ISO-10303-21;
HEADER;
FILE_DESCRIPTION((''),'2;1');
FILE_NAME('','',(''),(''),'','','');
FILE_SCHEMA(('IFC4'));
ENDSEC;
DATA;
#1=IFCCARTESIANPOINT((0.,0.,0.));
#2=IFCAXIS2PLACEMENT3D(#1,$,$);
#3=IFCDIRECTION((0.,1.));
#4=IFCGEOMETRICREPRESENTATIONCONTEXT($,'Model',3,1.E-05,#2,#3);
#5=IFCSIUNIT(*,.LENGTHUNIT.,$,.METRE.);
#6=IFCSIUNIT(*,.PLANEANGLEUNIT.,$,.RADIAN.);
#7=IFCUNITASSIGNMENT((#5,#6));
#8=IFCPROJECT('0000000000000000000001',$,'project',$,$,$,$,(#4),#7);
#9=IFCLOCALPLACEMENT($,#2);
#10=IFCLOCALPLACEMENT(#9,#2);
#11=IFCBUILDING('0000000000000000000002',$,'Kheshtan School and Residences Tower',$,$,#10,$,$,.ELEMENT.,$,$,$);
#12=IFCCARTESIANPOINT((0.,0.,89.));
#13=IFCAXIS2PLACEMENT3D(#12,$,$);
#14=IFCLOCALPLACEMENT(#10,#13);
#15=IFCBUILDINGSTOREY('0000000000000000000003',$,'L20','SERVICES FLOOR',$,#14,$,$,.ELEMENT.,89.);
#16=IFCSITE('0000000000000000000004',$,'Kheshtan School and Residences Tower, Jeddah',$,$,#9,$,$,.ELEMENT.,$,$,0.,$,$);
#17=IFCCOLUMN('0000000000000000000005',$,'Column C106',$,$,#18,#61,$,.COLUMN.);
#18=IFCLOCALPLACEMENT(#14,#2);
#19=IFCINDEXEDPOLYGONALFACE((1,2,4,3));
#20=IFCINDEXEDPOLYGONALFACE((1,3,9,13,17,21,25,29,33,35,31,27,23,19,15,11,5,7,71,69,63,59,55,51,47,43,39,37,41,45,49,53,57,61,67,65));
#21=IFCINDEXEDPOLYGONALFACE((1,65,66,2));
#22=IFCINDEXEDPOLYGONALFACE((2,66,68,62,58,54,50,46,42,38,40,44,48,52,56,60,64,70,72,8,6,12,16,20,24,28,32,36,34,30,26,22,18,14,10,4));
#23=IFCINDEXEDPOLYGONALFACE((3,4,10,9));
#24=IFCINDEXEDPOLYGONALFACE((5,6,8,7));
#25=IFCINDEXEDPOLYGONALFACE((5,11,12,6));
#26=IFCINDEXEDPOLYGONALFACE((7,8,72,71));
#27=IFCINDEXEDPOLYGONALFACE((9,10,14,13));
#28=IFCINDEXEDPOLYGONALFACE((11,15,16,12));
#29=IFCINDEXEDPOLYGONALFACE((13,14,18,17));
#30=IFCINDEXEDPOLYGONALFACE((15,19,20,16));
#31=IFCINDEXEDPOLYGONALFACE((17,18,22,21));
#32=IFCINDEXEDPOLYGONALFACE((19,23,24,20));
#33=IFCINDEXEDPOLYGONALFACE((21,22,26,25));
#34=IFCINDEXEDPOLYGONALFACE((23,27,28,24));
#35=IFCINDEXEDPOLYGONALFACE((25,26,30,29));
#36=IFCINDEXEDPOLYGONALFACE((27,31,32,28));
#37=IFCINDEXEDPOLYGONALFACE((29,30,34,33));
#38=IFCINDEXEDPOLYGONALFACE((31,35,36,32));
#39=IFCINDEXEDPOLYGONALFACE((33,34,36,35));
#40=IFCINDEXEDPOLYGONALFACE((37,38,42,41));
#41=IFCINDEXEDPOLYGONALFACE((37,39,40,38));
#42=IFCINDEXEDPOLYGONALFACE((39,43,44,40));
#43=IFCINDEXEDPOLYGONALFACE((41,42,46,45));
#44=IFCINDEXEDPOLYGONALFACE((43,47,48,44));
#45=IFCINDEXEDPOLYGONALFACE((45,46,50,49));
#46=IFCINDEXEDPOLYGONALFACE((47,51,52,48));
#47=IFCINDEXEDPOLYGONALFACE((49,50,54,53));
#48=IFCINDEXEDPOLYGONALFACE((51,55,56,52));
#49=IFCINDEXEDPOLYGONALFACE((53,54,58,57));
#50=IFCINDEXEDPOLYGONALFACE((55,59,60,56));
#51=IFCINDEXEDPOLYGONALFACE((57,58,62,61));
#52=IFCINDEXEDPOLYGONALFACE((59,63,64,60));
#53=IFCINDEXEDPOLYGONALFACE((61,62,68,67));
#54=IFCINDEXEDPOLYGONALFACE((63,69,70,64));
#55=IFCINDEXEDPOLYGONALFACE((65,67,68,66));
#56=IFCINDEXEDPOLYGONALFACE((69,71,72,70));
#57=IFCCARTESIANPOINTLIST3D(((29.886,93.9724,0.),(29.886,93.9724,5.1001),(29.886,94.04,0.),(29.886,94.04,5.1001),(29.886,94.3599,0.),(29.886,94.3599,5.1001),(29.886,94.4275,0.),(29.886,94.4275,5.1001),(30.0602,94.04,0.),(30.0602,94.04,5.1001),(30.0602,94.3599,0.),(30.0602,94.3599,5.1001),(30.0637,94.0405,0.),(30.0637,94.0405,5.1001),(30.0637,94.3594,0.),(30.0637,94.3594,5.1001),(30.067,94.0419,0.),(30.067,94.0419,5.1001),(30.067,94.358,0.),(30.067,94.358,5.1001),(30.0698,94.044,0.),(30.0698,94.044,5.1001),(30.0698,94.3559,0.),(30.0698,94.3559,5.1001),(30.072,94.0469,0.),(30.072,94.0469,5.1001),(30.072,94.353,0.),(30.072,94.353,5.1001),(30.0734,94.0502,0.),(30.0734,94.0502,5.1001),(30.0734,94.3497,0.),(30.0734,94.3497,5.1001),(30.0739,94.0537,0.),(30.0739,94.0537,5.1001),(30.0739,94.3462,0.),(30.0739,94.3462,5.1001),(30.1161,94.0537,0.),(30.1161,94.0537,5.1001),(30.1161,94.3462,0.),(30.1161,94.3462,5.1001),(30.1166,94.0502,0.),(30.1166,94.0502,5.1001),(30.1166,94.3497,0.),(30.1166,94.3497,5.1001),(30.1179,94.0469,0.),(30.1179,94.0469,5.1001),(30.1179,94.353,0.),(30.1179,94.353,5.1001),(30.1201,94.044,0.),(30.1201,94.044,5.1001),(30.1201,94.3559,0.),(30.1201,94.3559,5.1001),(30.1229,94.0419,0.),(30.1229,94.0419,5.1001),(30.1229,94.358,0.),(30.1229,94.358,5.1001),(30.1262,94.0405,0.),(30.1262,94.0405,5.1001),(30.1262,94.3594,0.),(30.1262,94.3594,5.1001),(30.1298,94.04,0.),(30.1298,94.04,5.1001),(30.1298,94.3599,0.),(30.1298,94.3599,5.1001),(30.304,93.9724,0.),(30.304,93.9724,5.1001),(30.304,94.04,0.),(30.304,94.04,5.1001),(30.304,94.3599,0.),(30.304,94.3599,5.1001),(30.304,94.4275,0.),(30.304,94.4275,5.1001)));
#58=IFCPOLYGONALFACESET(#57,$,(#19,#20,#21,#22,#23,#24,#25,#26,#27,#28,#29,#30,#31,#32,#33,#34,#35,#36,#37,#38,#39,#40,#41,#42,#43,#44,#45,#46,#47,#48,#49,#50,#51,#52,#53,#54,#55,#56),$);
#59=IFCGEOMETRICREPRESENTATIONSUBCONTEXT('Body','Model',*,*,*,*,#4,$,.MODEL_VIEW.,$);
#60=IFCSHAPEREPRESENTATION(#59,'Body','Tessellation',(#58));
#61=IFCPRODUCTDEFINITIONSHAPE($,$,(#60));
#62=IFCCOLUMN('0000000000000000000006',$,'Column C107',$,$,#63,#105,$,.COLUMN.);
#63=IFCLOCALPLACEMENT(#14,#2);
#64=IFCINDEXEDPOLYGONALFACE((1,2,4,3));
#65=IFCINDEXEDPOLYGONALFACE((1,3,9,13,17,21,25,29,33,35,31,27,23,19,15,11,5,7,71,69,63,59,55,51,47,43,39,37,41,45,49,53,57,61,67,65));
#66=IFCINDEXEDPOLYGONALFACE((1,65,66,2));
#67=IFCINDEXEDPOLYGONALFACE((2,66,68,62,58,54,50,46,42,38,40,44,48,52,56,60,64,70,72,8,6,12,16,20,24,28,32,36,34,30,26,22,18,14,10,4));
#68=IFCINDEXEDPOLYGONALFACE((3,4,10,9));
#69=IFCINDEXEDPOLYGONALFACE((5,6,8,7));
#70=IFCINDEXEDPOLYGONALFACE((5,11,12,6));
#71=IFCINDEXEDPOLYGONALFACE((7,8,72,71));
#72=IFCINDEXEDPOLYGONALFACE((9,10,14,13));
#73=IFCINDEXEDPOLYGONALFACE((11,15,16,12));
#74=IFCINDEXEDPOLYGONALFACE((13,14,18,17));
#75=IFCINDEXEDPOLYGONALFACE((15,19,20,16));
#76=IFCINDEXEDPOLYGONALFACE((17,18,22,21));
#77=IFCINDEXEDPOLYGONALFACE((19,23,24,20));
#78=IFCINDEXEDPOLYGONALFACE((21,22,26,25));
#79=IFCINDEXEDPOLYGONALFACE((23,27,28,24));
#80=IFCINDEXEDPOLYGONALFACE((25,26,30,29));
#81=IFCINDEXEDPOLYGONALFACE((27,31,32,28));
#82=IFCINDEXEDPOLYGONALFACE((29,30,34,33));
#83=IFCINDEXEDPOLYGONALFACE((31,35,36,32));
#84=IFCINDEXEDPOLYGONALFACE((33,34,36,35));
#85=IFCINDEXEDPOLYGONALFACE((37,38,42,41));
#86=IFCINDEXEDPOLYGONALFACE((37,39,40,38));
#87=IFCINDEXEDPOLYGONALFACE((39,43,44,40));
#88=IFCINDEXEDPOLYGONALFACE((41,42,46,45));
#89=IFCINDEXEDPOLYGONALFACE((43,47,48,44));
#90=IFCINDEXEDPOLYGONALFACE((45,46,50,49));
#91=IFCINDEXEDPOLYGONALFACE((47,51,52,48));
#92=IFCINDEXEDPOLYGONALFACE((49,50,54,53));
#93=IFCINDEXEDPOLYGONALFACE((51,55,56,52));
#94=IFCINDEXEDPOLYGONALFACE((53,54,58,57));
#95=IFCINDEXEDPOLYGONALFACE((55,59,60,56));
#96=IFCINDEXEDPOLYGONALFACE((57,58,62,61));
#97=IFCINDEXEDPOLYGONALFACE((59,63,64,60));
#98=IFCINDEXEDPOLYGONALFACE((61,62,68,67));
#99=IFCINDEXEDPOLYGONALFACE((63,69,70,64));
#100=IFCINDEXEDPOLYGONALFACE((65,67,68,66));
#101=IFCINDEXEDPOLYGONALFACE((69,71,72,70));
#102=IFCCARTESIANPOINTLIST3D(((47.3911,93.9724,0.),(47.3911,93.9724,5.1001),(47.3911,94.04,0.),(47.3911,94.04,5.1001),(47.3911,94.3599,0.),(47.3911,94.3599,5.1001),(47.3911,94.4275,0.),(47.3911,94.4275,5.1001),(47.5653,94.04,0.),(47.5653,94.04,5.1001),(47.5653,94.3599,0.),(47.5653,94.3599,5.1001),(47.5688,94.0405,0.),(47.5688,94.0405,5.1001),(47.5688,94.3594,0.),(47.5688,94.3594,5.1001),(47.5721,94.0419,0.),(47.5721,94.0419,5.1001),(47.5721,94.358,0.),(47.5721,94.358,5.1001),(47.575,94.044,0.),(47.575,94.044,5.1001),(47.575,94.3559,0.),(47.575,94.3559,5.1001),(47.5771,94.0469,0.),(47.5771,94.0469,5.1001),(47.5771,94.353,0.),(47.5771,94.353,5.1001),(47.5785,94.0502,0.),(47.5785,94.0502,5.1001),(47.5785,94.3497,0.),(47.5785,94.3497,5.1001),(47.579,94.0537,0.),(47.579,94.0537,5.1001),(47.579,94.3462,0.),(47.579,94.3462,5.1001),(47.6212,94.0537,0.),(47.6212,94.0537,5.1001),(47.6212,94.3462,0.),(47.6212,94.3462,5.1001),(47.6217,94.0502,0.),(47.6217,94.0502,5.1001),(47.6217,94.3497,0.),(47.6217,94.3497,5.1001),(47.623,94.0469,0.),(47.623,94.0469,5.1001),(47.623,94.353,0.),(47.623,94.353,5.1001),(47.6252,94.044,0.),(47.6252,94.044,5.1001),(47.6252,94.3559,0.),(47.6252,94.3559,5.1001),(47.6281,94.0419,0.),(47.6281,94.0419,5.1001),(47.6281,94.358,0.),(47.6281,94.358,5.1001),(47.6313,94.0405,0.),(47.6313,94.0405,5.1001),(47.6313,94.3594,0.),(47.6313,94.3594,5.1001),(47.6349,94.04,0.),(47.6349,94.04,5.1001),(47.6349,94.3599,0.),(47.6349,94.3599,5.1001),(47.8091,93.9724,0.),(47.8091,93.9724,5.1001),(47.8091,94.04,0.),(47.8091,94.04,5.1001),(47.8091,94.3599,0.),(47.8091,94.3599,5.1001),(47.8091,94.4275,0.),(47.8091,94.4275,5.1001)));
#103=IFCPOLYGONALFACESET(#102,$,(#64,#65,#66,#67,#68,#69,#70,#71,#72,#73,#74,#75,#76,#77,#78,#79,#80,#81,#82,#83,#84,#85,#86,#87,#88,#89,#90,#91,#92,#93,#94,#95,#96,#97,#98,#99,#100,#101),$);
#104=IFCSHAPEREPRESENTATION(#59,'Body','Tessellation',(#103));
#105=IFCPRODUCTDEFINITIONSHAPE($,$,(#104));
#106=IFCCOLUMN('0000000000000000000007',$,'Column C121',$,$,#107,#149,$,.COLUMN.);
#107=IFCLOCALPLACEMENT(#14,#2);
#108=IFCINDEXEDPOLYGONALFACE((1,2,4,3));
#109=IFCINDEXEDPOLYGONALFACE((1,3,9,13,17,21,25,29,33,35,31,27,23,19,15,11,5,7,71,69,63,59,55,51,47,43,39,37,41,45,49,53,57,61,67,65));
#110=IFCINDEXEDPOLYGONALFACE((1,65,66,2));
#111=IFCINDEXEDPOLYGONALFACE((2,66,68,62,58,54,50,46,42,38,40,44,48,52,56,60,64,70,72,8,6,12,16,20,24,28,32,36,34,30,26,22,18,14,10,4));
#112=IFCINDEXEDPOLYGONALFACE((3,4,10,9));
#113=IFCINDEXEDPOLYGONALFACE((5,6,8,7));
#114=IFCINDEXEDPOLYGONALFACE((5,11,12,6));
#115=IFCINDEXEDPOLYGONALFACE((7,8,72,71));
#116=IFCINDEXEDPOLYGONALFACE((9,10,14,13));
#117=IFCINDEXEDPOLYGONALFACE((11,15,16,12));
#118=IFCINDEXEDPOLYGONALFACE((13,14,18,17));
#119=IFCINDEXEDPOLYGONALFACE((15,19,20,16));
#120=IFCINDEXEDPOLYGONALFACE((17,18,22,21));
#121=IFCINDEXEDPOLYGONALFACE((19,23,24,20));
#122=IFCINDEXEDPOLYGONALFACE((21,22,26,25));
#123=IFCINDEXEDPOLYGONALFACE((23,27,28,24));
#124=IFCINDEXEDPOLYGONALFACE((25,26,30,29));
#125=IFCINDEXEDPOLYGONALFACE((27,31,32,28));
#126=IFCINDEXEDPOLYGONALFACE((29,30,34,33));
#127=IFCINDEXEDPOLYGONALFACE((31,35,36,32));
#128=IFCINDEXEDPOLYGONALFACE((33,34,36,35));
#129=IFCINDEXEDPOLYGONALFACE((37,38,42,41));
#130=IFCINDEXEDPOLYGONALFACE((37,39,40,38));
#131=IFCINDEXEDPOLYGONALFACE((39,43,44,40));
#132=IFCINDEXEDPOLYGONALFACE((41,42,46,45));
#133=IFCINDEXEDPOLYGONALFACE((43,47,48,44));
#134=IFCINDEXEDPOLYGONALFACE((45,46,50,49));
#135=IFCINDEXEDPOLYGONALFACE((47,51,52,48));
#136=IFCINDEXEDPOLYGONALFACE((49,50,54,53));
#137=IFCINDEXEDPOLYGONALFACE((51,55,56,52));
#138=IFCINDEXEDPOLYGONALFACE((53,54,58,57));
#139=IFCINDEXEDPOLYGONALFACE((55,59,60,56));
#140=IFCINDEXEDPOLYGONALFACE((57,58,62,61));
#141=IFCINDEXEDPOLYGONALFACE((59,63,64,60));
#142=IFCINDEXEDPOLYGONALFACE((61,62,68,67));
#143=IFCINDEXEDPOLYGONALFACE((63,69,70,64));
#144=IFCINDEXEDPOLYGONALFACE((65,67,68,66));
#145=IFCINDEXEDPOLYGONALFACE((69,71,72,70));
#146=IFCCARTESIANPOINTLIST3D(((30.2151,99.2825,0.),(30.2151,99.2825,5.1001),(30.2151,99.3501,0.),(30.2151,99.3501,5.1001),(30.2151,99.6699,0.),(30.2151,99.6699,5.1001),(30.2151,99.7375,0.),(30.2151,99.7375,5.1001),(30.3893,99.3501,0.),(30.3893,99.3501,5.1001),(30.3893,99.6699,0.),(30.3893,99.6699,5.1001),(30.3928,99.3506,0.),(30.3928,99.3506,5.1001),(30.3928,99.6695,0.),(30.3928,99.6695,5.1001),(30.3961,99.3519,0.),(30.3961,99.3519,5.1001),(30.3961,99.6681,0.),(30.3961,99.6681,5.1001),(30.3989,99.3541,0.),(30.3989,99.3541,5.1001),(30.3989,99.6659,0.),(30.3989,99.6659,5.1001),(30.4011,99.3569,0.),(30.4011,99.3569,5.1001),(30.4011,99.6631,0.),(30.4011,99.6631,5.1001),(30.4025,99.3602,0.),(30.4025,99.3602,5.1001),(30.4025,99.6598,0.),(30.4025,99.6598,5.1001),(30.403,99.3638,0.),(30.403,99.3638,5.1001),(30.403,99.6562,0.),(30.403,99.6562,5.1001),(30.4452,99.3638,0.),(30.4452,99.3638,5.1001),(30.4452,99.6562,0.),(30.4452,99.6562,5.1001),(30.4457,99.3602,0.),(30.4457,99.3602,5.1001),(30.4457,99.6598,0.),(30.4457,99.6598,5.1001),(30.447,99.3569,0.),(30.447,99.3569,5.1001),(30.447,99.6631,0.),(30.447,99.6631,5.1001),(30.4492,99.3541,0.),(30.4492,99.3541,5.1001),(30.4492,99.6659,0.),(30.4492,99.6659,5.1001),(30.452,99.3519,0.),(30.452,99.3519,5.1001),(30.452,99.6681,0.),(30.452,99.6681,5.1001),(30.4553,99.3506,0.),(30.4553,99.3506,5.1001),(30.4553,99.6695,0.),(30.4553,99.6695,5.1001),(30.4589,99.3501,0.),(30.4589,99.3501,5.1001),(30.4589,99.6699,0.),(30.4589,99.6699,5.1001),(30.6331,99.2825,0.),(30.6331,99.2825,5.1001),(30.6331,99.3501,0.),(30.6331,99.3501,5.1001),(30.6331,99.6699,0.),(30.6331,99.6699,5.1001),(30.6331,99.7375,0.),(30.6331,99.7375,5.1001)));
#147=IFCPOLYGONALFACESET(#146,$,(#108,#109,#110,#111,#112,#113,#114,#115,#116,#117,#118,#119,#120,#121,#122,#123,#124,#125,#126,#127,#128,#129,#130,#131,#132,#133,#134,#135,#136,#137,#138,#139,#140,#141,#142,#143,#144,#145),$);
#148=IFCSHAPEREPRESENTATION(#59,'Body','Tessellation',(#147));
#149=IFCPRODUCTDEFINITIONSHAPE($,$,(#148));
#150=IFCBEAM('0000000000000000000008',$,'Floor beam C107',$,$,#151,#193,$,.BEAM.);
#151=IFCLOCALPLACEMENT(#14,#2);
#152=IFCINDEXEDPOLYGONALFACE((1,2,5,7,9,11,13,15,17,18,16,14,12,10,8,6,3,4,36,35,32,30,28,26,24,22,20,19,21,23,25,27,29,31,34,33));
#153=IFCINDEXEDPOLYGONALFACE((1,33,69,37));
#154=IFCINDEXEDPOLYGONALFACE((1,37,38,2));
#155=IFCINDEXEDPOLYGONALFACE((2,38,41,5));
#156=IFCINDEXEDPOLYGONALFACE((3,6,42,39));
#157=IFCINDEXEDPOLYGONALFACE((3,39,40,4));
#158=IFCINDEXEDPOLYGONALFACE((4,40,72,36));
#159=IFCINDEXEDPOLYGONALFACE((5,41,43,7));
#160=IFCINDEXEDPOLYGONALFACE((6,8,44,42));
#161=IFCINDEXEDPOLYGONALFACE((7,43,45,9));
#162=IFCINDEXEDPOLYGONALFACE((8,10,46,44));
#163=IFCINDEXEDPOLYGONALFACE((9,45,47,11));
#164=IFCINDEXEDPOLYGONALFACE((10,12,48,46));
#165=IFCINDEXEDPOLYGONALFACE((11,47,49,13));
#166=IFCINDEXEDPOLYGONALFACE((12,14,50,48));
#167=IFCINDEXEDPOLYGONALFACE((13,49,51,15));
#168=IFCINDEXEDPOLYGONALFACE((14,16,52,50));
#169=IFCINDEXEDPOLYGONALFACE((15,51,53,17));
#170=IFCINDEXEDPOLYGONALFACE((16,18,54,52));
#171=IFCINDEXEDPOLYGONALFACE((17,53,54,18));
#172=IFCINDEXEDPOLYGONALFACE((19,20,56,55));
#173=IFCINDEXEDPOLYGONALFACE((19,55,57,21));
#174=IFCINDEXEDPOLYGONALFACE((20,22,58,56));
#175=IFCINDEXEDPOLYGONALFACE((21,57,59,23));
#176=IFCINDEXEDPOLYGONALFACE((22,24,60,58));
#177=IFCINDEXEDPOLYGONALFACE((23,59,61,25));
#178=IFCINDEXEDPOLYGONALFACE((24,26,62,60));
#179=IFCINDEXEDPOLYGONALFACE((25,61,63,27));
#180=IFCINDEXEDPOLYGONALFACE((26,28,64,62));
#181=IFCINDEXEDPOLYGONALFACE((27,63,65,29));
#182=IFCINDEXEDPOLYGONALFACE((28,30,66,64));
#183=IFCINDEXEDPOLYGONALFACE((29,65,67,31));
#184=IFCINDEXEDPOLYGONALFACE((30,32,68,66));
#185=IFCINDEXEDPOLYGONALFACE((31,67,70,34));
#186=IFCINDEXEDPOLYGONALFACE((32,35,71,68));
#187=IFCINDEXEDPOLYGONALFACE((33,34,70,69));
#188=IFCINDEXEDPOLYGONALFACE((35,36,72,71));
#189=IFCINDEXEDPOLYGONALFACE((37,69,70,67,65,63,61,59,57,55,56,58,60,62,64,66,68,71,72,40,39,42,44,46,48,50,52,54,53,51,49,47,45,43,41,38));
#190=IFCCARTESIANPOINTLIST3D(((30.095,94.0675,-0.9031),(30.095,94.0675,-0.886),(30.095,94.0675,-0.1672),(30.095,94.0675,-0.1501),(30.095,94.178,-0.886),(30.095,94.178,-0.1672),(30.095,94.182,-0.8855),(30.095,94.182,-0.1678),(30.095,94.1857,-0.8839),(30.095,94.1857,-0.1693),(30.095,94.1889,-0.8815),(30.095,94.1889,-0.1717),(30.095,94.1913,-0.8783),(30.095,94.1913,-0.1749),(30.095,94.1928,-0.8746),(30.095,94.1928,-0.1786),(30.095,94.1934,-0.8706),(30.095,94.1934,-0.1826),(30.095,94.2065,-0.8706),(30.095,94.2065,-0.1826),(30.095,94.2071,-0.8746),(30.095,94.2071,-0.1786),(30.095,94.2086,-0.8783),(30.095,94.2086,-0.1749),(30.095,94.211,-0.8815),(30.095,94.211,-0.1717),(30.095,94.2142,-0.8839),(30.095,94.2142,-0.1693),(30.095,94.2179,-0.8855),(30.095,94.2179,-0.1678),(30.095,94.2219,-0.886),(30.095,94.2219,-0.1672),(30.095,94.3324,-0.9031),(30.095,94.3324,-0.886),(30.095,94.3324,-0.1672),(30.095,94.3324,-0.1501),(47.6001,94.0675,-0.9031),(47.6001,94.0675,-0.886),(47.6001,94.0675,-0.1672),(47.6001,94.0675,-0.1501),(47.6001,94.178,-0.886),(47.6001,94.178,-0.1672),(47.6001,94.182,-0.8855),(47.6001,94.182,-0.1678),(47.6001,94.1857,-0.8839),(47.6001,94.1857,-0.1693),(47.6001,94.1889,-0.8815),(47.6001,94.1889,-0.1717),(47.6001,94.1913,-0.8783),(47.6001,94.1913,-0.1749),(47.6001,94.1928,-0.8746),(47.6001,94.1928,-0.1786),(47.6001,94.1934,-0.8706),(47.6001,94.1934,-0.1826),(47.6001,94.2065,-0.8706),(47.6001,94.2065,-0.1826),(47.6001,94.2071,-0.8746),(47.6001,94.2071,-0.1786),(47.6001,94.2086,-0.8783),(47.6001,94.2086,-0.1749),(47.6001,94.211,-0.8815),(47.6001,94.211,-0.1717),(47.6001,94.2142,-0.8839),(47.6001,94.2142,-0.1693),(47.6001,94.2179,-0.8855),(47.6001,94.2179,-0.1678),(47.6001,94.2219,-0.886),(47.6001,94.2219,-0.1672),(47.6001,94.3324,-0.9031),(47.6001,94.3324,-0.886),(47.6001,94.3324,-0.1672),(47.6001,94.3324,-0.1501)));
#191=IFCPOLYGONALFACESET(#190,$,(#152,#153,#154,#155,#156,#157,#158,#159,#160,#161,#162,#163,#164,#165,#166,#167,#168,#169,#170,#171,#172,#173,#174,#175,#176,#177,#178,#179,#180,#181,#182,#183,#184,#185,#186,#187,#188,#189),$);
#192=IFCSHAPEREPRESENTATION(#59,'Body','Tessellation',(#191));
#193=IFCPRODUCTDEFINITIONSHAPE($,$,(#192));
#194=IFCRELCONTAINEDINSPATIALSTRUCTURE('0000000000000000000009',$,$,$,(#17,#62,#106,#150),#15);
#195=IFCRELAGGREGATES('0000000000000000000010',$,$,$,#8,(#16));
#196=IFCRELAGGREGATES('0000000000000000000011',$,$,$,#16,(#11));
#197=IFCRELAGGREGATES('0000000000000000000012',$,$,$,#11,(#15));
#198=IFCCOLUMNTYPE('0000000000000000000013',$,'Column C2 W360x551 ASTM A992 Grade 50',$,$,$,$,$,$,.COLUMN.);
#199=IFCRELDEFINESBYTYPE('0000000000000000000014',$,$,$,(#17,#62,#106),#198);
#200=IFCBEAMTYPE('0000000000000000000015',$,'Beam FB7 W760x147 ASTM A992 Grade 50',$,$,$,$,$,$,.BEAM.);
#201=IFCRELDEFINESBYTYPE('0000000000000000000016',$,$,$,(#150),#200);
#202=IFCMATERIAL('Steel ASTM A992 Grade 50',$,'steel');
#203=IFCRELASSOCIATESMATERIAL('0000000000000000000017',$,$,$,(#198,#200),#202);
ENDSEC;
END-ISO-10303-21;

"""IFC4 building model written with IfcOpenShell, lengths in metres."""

from ifc_helpers import new_model, si_unit, direction, frame, origin, origin_2d, place, context, subcontext, project, spatial, i_section, extrude, material, material_profile, profile_set, type_object, element, save


model = new_model("IFC4")

# Units and contexts
model_context = context("Model", 3, precision=1e-05, world=origin(), true_north=direction((0.0, 1.0)))
body_context = subcontext(model_context, "Body", "Model", "MODEL_VIEW")
ifc_project = project(units=[si_unit("LENGTHUNIT", "METRE"), si_unit("PLANEANGLEUNIT", "RADIAN")], contexts=[model_context])

# Site, building, storey
site_placement = place(None, origin())
site = spatial("IfcSite", under=ifc_project, at=site_placement, Name="Kheshtan School and Residences Tower, Jeddah", CompositionType="ELEMENT", RefElevation=0.0)
building_placement = place(site_placement, origin())
building = spatial("IfcBuilding", under=site, at=building_placement, Name="Kheshtan School and Residences Tower", CompositionType="ELEMENT")
storey_placement = place(building_placement, frame((0.0, 0.0, 89.0)))
storey = spatial("IfcBuildingStorey", under=building, at=storey_placement, Name="L20", Description="SERVICES FLOOR", CompositionType="ELEMENT", Elevation=89.0)

# Columns
ifc_material_1 = material(Name="Steel ASTM A992 Grade 50", Category="steel")
ifc_material_profile_1 = material_profile(ifc_material_1, i_section(OverallWidth=0.418, OverallDepth=0.4551, WebThickness=0.0422, FlangeThickness=0.0676, FilletRadius=0.0137, at=origin_2d()), Name="W360x551")
ifc_profile_set_1 = profile_set([ifc_material_profile_1], Name="Steel ASTM A992 Grade 50")
column_type = type_object("IfcColumnType", Name="Column C2 W360x551 ASTM A992 Grade 50", PredefinedType="COLUMN", material=ifc_profile_set_1)
for number, where, z_axis, x_axis, name in (
    (1, (30.095, 94.2, 0.0), (0.0, 0.0, 1.0), (1.0, 0.0, 0.0), "Column C106"),
    (2, (47.6001, 94.2, 0.0), (0.0, 0.0, 1.0), (1.0, 0.0, 0.0), "Column C107"),
    (3, (30.4241, 99.51, 0.0), (0.0, 0.0, 1.0), (1.0, 0.0, 0.0), "Column C121"),
):
    element("IfcColumn", number, at=place(storey_placement, frame(where, z_axis=z_axis, x_axis=x_axis)), inside=storey, type_object=column_type, Name=name, PredefinedType="COLUMN", context=body_context, shape_type="SweptSolid", body=[
        extrude(i_section(OverallWidth=0.418, OverallDepth=0.4551, WebThickness=0.0422, FlangeThickness=0.0676, FilletRadius=0.0137, at=origin_2d()), origin(), (0.0, 0.0, 1.0), 5.1001),
    ])

# Beam
ifc_material_profile_2 = material_profile(ifc_material_1, i_section(OverallWidth=0.2649, OverallDepth=0.7529, WebThickness=0.0132, FlangeThickness=0.0171, FilletRadius=0.0154, at=origin_2d()), Name="W760x147")
ifc_profile_set_2 = profile_set([ifc_material_profile_2], Name="Steel ASTM A992 Grade 50")
beam_type_1 = type_object("IfcBeamType", Name="Beam FB7 W760x147 ASTM A992 Grade 50", PredefinedType="BEAM", material=ifc_profile_set_2)
beam_1_placement = place(storey_placement, frame((47.6001, 94.2, -0.5266), z_axis=(-1.0, 0.0, 0.0), x_axis=(0.0, -1.0, 0.0)))
element("IfcBeam", 4, at=beam_1_placement, inside=storey, type_object=beam_type_1, Name="Floor beam C107", PredefinedType="BEAM", context=body_context, shape_type="SweptSolid", body=[
    extrude(i_section(OverallWidth=0.2649, OverallDepth=0.7529, WebThickness=0.0132, FlangeThickness=0.0171, FilletRadius=0.0154, at=origin_2d()), origin(), (0.0, 0.0, 1.0), 17.5051),
])

save(model, "model.ifc")
